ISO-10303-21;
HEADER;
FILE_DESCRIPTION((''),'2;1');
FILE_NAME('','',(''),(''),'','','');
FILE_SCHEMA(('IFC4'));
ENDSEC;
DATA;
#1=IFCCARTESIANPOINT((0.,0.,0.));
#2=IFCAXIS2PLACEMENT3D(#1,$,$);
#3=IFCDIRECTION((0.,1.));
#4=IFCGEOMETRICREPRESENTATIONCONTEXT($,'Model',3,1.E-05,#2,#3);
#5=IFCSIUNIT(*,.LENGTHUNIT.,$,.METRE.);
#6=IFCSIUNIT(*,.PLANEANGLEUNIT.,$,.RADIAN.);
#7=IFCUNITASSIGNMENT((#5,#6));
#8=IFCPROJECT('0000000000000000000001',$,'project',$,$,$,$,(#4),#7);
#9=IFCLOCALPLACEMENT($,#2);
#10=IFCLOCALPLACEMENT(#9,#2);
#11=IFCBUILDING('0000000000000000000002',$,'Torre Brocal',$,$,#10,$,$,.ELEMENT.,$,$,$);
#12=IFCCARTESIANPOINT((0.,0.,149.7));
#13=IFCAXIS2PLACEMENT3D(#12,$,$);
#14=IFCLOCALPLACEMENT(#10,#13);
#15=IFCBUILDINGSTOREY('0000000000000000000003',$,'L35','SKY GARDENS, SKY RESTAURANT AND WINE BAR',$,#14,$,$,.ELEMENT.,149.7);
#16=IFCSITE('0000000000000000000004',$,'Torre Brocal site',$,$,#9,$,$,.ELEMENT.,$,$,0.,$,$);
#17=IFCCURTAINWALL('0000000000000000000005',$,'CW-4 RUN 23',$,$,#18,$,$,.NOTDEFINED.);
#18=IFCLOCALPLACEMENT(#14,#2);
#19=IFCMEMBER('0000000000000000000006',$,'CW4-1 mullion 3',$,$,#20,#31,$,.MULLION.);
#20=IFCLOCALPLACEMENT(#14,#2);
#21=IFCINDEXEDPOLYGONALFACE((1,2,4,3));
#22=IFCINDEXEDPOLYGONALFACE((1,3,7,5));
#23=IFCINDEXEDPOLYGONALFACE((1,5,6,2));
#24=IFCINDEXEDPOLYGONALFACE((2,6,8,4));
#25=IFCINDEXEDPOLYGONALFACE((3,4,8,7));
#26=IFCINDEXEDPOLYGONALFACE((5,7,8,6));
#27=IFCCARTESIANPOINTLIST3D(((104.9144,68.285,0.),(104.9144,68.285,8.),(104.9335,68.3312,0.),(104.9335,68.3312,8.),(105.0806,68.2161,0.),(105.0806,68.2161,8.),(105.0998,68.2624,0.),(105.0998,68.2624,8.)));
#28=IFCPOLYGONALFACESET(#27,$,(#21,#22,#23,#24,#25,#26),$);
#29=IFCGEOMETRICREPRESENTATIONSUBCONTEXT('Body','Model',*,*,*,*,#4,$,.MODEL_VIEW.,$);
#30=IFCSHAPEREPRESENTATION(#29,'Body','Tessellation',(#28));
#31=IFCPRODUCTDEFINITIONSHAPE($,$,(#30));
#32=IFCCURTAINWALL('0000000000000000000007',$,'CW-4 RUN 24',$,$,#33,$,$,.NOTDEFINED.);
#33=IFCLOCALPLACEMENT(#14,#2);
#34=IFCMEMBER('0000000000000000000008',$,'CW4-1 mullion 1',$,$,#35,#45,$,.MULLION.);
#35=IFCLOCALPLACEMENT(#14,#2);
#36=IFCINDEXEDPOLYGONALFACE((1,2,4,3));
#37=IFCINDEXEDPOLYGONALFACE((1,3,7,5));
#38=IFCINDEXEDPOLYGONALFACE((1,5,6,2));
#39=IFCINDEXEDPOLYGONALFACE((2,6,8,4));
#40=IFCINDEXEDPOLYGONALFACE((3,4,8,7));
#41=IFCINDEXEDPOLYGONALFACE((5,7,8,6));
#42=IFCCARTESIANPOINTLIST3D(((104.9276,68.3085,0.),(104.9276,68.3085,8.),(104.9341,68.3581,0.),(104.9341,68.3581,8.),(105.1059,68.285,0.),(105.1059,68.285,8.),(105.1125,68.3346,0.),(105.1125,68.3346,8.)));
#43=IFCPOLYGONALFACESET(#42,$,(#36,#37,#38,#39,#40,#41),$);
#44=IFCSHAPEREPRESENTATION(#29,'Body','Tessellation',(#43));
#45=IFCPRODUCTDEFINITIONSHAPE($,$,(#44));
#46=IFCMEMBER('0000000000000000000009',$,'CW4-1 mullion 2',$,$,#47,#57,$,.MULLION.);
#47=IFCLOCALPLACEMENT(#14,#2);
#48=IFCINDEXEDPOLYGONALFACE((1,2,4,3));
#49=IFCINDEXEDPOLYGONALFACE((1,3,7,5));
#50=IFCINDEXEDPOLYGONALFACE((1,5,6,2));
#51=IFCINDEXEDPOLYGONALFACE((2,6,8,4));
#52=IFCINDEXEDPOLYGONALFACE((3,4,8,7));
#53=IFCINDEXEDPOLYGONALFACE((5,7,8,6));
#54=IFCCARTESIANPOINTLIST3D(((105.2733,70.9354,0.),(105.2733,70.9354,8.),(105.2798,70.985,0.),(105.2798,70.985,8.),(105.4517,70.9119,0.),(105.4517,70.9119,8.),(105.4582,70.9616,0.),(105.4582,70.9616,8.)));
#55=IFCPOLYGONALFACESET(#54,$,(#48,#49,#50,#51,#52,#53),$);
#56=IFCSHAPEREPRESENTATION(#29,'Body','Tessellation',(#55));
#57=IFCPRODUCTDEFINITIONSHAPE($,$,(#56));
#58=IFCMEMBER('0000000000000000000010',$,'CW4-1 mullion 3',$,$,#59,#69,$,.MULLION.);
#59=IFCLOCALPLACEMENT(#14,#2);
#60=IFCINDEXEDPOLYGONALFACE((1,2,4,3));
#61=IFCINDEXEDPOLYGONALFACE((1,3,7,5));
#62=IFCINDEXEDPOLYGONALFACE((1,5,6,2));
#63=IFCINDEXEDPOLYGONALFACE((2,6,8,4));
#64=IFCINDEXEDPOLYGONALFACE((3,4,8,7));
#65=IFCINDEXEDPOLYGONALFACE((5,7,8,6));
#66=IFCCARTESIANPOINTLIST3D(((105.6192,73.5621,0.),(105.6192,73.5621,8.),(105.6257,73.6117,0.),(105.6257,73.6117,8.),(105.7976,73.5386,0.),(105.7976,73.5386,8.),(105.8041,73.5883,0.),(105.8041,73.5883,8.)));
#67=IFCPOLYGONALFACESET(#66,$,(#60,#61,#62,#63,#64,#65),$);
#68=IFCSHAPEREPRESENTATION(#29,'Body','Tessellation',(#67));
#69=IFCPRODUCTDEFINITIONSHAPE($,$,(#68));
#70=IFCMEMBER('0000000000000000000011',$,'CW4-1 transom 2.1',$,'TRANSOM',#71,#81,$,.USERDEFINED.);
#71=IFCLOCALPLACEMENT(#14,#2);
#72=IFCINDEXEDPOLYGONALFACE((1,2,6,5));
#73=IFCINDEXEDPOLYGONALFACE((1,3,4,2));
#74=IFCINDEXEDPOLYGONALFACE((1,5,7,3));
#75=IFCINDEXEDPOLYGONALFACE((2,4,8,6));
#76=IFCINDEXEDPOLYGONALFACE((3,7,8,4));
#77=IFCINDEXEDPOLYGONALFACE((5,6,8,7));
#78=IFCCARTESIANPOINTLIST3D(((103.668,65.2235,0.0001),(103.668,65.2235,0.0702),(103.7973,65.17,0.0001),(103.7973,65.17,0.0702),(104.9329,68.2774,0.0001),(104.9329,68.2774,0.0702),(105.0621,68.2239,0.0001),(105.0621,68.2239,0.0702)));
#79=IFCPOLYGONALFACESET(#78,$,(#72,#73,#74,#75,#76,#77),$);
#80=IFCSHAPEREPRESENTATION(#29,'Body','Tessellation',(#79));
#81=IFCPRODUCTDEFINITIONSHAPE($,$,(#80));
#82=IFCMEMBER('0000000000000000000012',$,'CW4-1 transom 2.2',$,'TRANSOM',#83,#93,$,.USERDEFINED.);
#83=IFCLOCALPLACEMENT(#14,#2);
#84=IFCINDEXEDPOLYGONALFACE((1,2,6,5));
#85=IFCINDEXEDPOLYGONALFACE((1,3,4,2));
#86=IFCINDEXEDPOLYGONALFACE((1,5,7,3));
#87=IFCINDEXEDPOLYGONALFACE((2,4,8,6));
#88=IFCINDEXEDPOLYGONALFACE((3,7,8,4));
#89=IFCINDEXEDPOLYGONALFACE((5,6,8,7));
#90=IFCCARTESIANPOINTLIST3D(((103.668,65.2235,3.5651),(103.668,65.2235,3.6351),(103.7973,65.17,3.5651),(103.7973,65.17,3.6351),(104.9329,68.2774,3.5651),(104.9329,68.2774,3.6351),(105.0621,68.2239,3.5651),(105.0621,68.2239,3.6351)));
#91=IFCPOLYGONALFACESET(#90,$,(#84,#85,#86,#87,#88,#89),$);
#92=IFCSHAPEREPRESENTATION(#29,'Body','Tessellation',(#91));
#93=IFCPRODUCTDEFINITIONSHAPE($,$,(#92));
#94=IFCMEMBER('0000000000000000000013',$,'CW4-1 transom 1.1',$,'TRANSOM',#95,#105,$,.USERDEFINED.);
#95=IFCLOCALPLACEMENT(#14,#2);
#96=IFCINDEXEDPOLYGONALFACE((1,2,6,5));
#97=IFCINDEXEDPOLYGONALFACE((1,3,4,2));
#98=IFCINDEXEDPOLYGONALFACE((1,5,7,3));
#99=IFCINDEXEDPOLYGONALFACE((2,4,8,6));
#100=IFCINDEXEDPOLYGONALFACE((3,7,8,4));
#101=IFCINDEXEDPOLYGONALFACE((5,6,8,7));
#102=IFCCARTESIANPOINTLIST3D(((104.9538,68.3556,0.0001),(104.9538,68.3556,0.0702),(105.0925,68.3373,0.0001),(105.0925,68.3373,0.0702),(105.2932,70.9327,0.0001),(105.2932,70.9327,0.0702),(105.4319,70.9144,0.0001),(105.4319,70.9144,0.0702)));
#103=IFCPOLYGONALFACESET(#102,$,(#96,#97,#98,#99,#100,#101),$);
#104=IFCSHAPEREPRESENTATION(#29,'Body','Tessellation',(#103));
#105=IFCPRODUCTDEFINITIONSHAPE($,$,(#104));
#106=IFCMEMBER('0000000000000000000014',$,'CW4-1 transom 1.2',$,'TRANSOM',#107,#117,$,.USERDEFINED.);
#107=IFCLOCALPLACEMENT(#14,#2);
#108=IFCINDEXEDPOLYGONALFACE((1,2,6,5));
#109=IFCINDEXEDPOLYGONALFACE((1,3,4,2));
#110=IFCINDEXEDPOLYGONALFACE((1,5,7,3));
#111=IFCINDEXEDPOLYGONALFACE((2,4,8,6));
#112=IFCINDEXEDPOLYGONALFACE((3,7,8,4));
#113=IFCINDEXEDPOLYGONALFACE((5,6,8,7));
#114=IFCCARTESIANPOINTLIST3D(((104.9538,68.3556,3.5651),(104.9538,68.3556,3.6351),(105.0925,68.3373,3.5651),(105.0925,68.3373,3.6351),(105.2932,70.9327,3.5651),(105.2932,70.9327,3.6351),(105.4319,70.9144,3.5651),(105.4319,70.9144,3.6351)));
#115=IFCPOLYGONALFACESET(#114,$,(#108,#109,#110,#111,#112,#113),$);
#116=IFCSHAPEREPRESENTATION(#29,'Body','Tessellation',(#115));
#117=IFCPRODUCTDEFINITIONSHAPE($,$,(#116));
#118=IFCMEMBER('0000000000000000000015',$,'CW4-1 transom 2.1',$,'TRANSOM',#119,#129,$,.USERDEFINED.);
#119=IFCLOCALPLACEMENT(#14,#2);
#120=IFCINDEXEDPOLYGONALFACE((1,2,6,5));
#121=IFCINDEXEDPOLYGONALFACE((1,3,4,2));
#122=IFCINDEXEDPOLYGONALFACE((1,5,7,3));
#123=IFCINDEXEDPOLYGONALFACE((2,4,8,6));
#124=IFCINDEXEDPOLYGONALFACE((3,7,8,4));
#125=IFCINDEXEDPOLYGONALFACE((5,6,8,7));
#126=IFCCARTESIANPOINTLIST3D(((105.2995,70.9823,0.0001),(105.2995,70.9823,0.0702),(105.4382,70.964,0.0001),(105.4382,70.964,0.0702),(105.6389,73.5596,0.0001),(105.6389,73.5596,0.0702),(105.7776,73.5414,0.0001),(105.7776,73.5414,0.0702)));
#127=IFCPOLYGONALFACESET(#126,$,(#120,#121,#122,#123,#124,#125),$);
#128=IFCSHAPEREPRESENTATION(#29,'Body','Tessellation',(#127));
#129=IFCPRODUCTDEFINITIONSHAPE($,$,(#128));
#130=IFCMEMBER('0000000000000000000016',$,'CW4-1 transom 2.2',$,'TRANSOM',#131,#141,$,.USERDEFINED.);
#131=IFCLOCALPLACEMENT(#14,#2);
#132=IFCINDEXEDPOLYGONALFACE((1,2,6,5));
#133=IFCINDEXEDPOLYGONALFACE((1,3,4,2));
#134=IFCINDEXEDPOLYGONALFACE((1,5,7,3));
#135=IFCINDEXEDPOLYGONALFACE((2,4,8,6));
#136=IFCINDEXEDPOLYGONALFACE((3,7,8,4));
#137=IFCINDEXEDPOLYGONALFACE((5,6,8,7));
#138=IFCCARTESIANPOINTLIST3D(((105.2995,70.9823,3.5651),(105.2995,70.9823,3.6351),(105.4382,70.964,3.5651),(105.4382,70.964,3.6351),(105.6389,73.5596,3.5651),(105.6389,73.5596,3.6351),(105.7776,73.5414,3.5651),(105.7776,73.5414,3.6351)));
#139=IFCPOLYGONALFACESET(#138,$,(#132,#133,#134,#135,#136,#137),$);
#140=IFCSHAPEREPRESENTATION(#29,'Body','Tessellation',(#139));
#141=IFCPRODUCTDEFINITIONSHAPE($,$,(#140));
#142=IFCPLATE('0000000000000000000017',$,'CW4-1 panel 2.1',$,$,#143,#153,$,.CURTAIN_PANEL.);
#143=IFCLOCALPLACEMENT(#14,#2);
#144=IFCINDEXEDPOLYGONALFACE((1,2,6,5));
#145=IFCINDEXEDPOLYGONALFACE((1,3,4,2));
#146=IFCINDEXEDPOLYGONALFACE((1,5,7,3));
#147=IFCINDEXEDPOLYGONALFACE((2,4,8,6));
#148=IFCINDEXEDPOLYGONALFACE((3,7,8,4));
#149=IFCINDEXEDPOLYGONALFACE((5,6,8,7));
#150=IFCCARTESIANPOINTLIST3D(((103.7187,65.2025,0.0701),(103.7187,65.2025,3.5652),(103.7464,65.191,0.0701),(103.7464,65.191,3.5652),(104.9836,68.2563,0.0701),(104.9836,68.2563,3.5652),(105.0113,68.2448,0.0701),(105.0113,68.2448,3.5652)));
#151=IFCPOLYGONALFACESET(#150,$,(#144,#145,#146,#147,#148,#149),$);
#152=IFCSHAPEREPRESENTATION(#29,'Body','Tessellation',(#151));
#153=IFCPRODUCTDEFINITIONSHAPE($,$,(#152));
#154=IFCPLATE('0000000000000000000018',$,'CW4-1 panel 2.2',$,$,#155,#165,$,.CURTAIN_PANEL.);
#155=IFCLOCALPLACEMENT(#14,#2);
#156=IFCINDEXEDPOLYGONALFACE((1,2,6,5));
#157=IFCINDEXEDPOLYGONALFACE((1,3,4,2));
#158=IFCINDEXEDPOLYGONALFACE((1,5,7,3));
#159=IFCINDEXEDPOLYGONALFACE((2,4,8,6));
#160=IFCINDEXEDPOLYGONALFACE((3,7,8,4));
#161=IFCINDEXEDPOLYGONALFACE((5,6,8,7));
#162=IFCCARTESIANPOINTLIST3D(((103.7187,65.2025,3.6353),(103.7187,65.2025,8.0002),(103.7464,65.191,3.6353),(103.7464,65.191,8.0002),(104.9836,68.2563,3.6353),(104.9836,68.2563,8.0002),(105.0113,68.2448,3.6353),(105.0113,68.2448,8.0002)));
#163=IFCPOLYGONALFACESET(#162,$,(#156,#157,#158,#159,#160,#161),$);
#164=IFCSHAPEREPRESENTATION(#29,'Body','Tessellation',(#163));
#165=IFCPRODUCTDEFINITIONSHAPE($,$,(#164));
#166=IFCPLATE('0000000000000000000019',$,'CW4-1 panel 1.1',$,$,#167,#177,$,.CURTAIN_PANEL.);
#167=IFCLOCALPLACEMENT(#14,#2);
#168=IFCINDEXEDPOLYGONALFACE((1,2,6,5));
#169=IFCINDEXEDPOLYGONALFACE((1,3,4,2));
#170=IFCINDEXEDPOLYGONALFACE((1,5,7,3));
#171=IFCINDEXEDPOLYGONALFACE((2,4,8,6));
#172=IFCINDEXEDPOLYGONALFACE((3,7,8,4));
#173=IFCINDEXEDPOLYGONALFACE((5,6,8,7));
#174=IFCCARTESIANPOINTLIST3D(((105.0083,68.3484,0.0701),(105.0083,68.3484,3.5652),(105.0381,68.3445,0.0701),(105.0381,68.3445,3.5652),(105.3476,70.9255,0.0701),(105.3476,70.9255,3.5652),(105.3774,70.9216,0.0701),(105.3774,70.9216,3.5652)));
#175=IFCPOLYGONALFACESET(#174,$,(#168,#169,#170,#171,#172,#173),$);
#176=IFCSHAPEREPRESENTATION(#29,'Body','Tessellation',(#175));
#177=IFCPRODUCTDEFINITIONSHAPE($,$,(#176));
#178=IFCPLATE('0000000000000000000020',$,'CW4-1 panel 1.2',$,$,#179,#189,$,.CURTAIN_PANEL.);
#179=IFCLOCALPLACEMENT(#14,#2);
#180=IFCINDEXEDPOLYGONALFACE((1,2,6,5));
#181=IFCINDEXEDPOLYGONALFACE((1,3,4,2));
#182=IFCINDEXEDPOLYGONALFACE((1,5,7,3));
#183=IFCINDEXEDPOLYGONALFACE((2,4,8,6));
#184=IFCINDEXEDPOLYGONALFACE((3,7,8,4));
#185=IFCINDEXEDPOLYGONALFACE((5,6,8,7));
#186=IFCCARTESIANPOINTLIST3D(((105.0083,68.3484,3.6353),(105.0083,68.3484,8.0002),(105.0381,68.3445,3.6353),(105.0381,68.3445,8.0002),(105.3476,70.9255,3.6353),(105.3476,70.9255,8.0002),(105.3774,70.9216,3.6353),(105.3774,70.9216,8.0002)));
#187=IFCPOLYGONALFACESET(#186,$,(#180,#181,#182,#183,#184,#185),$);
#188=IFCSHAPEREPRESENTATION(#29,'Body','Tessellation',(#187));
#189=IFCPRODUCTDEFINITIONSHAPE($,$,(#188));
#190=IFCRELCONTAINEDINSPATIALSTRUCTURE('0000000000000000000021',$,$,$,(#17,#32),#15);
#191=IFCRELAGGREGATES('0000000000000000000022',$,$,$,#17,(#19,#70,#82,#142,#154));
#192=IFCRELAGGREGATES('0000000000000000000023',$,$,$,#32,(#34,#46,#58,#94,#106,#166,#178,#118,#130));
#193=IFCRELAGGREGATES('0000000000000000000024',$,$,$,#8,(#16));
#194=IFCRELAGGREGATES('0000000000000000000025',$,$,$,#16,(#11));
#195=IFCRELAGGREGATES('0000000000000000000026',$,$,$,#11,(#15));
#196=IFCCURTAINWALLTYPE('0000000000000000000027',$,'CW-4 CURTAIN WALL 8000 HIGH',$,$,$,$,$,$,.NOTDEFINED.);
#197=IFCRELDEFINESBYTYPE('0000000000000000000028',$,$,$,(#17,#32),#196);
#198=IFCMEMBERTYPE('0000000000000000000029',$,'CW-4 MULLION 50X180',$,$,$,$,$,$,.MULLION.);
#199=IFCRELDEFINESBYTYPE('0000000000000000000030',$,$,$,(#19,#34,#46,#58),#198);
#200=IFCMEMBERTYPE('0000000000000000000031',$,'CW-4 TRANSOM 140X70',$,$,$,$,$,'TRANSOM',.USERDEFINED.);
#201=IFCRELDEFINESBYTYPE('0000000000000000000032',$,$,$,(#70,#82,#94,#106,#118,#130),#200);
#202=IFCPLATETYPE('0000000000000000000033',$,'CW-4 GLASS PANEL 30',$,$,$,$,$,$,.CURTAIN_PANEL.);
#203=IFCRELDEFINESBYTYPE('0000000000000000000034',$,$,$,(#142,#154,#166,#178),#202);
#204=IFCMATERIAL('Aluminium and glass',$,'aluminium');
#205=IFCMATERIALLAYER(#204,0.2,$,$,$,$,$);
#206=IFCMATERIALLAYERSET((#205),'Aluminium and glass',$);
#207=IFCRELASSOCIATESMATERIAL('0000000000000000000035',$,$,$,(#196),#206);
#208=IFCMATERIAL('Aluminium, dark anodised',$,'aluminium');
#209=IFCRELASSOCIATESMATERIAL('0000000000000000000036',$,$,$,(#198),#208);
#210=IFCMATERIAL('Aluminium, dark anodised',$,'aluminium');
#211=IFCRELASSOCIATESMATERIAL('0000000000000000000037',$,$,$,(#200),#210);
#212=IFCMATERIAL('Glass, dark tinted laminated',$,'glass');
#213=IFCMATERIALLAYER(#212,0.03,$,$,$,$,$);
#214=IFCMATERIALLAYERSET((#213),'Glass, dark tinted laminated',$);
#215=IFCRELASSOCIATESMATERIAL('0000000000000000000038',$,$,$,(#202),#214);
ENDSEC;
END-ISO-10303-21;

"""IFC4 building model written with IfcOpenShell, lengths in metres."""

from ifc_helpers import new_model, si_unit, direction, frame, origin, origin_2d, place, context, subcontext, project, spatial, rectangle, extrude, material, layer, layer_set, material_profile, profile_set, type_object, element, aggregate, save


model = new_model("IFC4")

# Units and contexts
model_context = context("Model", 3, precision=1e-05, world=origin(), true_north=direction((0.0, 1.0)))
body_context = subcontext(model_context, "Body", "Model", "MODEL_VIEW")
ifc_project = project(units=[si_unit("LENGTHUNIT", "METRE"), si_unit("PLANEANGLEUNIT", "RADIAN")], contexts=[model_context])

# Site, building, storey
site_placement = place(None, origin())
site = spatial("IfcSite", under=ifc_project, at=site_placement, Name="Torre Brocal site", CompositionType="ELEMENT", RefElevation=0.0)
building_placement = place(site_placement, origin())
building = spatial("IfcBuilding", under=site, at=building_placement, Name="Torre Brocal", CompositionType="ELEMENT")
storey_placement = place(building_placement, frame((0.0, 0.0, 149.7)))
storey = spatial("IfcBuildingStorey", under=building, at=storey_placement, Name="L35", Description="SKY GARDENS, SKY RESTAURANT AND WINE BAR", CompositionType="ELEMENT", Elevation=149.7)

# Curtain wall, member
ifc_material_1 = material(Name="Aluminium and glass", Category="aluminium")
ifc_layer_1 = layer(ifc_material_1, 0.2)
ifc_layer_set_1 = layer_set([ifc_layer_1], Name="Aluminium and glass")
curtain_wall_type = type_object("IfcCurtainWallType", Name="CW-4 CURTAIN WALL 8000 HIGH", PredefinedType="NOTDEFINED", material=ifc_layer_set_1)
curtain_wall_1_placement = place(storey_placement, origin())
curtain_wall_1 = element("IfcCurtainWall", 1, at=curtain_wall_1_placement, inside=storey, type_object=curtain_wall_type, Name="CW-4 RUN 23", PredefinedType="NOTDEFINED")
ifc_material_2 = material(Name="Aluminium, dark anodised", Category="aluminium")
ifc_material_profile_1 = material_profile(ifc_material_2, rectangle(XDim=0.1799, YDim=0.05, at=origin_2d()), Name="CW-4 MULLION 50X180")
ifc_profile_set_1 = profile_set([ifc_material_profile_1], Name="Aluminium, dark anodised")
member_type_1 = type_object("IfcMemberType", Name="CW-4 MULLION 50X180", PredefinedType="MULLION", material=ifc_profile_set_1)
member_1_placement = place(storey_placement, frame((105.0071, 68.2737, 0.0), z_axis=(0.0, 0.0, 1.0), x_axis=(-0.92388, 0.382683, 0.0)))
member_1 = element("IfcMember", 2, at=member_1_placement, type_object=member_type_1, Name="CW4-1 mullion 3", PredefinedType="MULLION", context=body_context, shape_type="SweptSolid", body=[
    extrude(rectangle(XDim=0.1799, YDim=0.05, at=origin_2d()), origin(), (0.0, 0.0, 1.0), 8.0),
])

# Curtain wall, members
curtain_wall_2_placement = place(storey_placement, origin())
curtain_wall_2 = element("IfcCurtainWall", 3, at=curtain_wall_2_placement, inside=storey, type_object=curtain_wall_type, Name="CW-4 RUN 24", PredefinedType="NOTDEFINED")
member_2_placement = place(storey_placement, frame((105.02, 68.3215, 0.0), z_axis=(0.0, 0.0, 1.0), x_axis=(-0.991445, 0.130526, 0.0)))
member_2 = element("IfcMember", 4, at=member_2_placement, type_object=member_type_1, Name="CW4-1 mullion 1", PredefinedType="MULLION", context=body_context, shape_type="SweptSolid", body=[
    extrude(rectangle(XDim=0.1799, YDim=0.05, at=origin_2d()), origin(), (0.0, 0.0, 1.0), 8.0),
])
member_3_placement = place(storey_placement, frame((105.3657, 70.9485, 0.0), z_axis=(0.0, 0.0, 1.0), x_axis=(-0.991445, 0.130526, 0.0)))
member_3 = element("IfcMember", 5, at=member_3_placement, type_object=member_type_1, Name="CW4-1 mullion 2", PredefinedType="MULLION", context=body_context, shape_type="SweptSolid", body=[
    extrude(rectangle(XDim=0.1799, YDim=0.05, at=origin_2d()), origin(), (0.0, 0.0, 1.0), 8.0),
])
member_4_placement = place(storey_placement, frame((105.7117, 73.5752, 0.0), z_axis=(0.0, 0.0, 1.0), x_axis=(-0.991445, 0.130526, 0.0)))
member_4 = element("IfcMember", 6, at=member_4_placement, type_object=member_type_1, Name="CW4-1 mullion 3", PredefinedType="MULLION", context=body_context, shape_type="SweptSolid", body=[
    extrude(rectangle(XDim=0.1799, YDim=0.05, at=origin_2d()), origin(), (0.0, 0.0, 1.0), 8.0),
])

# Members
ifc_material_3 = material(Name="Aluminium, dark anodised", Category="aluminium")
ifc_material_profile_2 = material_profile(ifc_material_3, rectangle(XDim=0.1399, YDim=0.0701, at=origin_2d()), Name="CW-4 TRANSOM 140X70")
ifc_profile_set_2 = profile_set([ifc_material_profile_2], Name="Aluminium, dark anodised")
member_type_2 = type_object("IfcMemberType", Name="CW-4 TRANSOM 140X70", ElementType="TRANSOM", PredefinedType="USERDEFINED", material=ifc_profile_set_2)
member_5_placement = place(storey_placement, frame((103.7327, 65.1968, 0.0352), z_axis=(0.382658, 0.92389, 0.0), x_axis=(-0.92389, 0.382658, 0.0)))
member_5 = element("IfcMember", 7, at=member_5_placement, type_object=member_type_2, Name="CW4-1 transom 2.1", ObjectType="TRANSOM", PredefinedType="USERDEFINED", context=body_context, shape_type="SweptSolid", body=[
    extrude(rectangle(XDim=0.1399, YDim=0.0701, at=origin_2d()), origin(), (0.0, 0.0, 1.0), 3.3054),
])
member_6_placement = place(storey_placement, frame((103.7327, 65.1968, 3.6001), z_axis=(0.382658, 0.92389, 0.0), x_axis=(-0.92389, 0.382658, 0.0)))
member_6 = element("IfcMember", 8, at=member_6_placement, type_object=member_type_2, Name="CW4-1 transom 2.2", ObjectType="TRANSOM", PredefinedType="USERDEFINED", context=body_context, shape_type="SweptSolid", body=[
    extrude(rectangle(XDim=0.1399, YDim=0.0701, at=origin_2d()), origin(), (0.0, 0.0, 1.0), 3.3054),
])
member_7_placement = place(storey_placement, frame((105.0232, 68.3464, 0.0352), z_axis=(0.130552, 0.991442, 0.0), x_axis=(-0.991442, 0.130552, 0.0)))
member_7 = element("IfcMember", 9, at=member_7_placement, type_object=member_type_2, Name="CW4-1 transom 1.1", ObjectType="TRANSOM", PredefinedType="USERDEFINED", context=body_context, shape_type="SweptSolid", body=[
    extrude(rectangle(XDim=0.1399, YDim=0.0701, at=origin_2d()), origin(), (0.0, 0.0, 1.0), 2.5994),
])
member_8_placement = place(storey_placement, frame((105.0232, 68.3464, 3.6001), z_axis=(0.130552, 0.991442, 0.0), x_axis=(-0.991442, 0.130552, 0.0)))
member_8 = element("IfcMember", 10, at=member_8_placement, type_object=member_type_2, Name="CW4-1 transom 1.2", ObjectType="TRANSOM", PredefinedType="USERDEFINED", context=body_context, shape_type="SweptSolid", body=[
    extrude(rectangle(XDim=0.1399, YDim=0.0701, at=origin_2d()), origin(), (0.0, 0.0, 1.0), 2.5994),
])
member_9_placement = place(storey_placement, frame((105.3689, 70.9731, 0.0352), z_axis=(0.13054, 0.991443, 0.0), x_axis=(-0.991443, 0.13054, 0.0)))
member_9 = element("IfcMember", 11, at=member_9_placement, type_object=member_type_2, Name="CW4-1 transom 2.1", ObjectType="TRANSOM", PredefinedType="USERDEFINED", context=body_context, shape_type="SweptSolid", body=[
    extrude(rectangle(XDim=0.1399, YDim=0.0701, at=origin_2d()), origin(), (0.0, 0.0, 1.0), 2.5996),
])
member_10_placement = place(storey_placement, frame((105.3689, 70.9731, 3.6001), z_axis=(0.13054, 0.991443, 0.0), x_axis=(-0.991443, 0.13054, 0.0)))
member_10 = element("IfcMember", 12, at=member_10_placement, type_object=member_type_2, Name="CW4-1 transom 2.2", ObjectType="TRANSOM", PredefinedType="USERDEFINED", context=body_context, shape_type="SweptSolid", body=[
    extrude(rectangle(XDim=0.1399, YDim=0.0701, at=origin_2d()), origin(), (0.0, 0.0, 1.0), 2.5996),
])

# Plates
ifc_material_4 = material(Name="Glass, dark tinted laminated", Category="glass")
ifc_layer_2 = layer(ifc_material_4, 0.03)
ifc_layer_set_2 = layer_set([ifc_layer_2], Name="Glass, dark tinted laminated")
plate_type = type_object("IfcPlateType", Name="CW-4 GLASS PANEL 30", PredefinedType="CURTAIN_PANEL", material=ifc_layer_set_2)
plate_1_placement = place(storey_placement, frame((104.365, 66.7236, 0.0701), z_axis=(0.0, 0.0, 1.0), x_axis=(0.382683, 0.92388, 0.0)))
plate_1 = element("IfcPlate", 13, at=plate_1_placement, type_object=plate_type, Name="CW4-1 panel 2.1", PredefinedType="CURTAIN_PANEL", context=body_context, shape_type="SweptSolid", body=[
    extrude(rectangle(XDim=3.3054, YDim=0.03, at=origin_2d()), origin(), (0.0, 0.0, 1.0), 3.4951),
])
plate_2_placement = place(storey_placement, frame((104.365, 66.7236, 3.6353), z_axis=(0.0, 0.0, 1.0), x_axis=(0.382683, 0.92388, 0.0)))
plate_2 = element("IfcPlate", 14, at=plate_2_placement, type_object=plate_type, Name="CW4-1 panel 2.2", PredefinedType="CURTAIN_PANEL", context=body_context, shape_type="SweptSolid", body=[
    extrude(rectangle(XDim=3.3054, YDim=0.03, at=origin_2d()), origin(), (0.0, 0.0, 1.0), 4.365),
])
aggregate(curtain_wall_1, [member_1, member_5, member_6, plate_1, plate_2])
plate_3_placement = place(storey_placement, frame((105.1929, 69.635, 0.0701), z_axis=(0.0, 0.0, 1.0), x_axis=(0.130526, 0.991445, 0.0)))
plate_3 = element("IfcPlate", 15, at=plate_3_placement, type_object=plate_type, Name="CW4-1 panel 1.1", PredefinedType="CURTAIN_PANEL", context=body_context, shape_type="SweptSolid", body=[
    extrude(rectangle(XDim=2.5994, YDim=0.03, at=origin_2d()), origin(), (0.0, 0.0, 1.0), 3.4951),
])
plate_4_placement = place(storey_placement, frame((105.1929, 69.635, 3.6353), z_axis=(0.0, 0.0, 1.0), x_axis=(0.130526, 0.991445, 0.0)))
plate_4 = element("IfcPlate", 16, at=plate_4_placement, type_object=plate_type, Name="CW4-1 panel 1.2", PredefinedType="CURTAIN_PANEL", context=body_context, shape_type="SweptSolid", body=[
    extrude(rectangle(XDim=2.5994, YDim=0.03, at=origin_2d()), origin(), (0.0, 0.0, 1.0), 4.365),
])
aggregate(curtain_wall_2, [member_2, member_3, member_4, member_7, member_8, plate_3, plate_4, member_9, member_10])

save(model, "model.ifc")
